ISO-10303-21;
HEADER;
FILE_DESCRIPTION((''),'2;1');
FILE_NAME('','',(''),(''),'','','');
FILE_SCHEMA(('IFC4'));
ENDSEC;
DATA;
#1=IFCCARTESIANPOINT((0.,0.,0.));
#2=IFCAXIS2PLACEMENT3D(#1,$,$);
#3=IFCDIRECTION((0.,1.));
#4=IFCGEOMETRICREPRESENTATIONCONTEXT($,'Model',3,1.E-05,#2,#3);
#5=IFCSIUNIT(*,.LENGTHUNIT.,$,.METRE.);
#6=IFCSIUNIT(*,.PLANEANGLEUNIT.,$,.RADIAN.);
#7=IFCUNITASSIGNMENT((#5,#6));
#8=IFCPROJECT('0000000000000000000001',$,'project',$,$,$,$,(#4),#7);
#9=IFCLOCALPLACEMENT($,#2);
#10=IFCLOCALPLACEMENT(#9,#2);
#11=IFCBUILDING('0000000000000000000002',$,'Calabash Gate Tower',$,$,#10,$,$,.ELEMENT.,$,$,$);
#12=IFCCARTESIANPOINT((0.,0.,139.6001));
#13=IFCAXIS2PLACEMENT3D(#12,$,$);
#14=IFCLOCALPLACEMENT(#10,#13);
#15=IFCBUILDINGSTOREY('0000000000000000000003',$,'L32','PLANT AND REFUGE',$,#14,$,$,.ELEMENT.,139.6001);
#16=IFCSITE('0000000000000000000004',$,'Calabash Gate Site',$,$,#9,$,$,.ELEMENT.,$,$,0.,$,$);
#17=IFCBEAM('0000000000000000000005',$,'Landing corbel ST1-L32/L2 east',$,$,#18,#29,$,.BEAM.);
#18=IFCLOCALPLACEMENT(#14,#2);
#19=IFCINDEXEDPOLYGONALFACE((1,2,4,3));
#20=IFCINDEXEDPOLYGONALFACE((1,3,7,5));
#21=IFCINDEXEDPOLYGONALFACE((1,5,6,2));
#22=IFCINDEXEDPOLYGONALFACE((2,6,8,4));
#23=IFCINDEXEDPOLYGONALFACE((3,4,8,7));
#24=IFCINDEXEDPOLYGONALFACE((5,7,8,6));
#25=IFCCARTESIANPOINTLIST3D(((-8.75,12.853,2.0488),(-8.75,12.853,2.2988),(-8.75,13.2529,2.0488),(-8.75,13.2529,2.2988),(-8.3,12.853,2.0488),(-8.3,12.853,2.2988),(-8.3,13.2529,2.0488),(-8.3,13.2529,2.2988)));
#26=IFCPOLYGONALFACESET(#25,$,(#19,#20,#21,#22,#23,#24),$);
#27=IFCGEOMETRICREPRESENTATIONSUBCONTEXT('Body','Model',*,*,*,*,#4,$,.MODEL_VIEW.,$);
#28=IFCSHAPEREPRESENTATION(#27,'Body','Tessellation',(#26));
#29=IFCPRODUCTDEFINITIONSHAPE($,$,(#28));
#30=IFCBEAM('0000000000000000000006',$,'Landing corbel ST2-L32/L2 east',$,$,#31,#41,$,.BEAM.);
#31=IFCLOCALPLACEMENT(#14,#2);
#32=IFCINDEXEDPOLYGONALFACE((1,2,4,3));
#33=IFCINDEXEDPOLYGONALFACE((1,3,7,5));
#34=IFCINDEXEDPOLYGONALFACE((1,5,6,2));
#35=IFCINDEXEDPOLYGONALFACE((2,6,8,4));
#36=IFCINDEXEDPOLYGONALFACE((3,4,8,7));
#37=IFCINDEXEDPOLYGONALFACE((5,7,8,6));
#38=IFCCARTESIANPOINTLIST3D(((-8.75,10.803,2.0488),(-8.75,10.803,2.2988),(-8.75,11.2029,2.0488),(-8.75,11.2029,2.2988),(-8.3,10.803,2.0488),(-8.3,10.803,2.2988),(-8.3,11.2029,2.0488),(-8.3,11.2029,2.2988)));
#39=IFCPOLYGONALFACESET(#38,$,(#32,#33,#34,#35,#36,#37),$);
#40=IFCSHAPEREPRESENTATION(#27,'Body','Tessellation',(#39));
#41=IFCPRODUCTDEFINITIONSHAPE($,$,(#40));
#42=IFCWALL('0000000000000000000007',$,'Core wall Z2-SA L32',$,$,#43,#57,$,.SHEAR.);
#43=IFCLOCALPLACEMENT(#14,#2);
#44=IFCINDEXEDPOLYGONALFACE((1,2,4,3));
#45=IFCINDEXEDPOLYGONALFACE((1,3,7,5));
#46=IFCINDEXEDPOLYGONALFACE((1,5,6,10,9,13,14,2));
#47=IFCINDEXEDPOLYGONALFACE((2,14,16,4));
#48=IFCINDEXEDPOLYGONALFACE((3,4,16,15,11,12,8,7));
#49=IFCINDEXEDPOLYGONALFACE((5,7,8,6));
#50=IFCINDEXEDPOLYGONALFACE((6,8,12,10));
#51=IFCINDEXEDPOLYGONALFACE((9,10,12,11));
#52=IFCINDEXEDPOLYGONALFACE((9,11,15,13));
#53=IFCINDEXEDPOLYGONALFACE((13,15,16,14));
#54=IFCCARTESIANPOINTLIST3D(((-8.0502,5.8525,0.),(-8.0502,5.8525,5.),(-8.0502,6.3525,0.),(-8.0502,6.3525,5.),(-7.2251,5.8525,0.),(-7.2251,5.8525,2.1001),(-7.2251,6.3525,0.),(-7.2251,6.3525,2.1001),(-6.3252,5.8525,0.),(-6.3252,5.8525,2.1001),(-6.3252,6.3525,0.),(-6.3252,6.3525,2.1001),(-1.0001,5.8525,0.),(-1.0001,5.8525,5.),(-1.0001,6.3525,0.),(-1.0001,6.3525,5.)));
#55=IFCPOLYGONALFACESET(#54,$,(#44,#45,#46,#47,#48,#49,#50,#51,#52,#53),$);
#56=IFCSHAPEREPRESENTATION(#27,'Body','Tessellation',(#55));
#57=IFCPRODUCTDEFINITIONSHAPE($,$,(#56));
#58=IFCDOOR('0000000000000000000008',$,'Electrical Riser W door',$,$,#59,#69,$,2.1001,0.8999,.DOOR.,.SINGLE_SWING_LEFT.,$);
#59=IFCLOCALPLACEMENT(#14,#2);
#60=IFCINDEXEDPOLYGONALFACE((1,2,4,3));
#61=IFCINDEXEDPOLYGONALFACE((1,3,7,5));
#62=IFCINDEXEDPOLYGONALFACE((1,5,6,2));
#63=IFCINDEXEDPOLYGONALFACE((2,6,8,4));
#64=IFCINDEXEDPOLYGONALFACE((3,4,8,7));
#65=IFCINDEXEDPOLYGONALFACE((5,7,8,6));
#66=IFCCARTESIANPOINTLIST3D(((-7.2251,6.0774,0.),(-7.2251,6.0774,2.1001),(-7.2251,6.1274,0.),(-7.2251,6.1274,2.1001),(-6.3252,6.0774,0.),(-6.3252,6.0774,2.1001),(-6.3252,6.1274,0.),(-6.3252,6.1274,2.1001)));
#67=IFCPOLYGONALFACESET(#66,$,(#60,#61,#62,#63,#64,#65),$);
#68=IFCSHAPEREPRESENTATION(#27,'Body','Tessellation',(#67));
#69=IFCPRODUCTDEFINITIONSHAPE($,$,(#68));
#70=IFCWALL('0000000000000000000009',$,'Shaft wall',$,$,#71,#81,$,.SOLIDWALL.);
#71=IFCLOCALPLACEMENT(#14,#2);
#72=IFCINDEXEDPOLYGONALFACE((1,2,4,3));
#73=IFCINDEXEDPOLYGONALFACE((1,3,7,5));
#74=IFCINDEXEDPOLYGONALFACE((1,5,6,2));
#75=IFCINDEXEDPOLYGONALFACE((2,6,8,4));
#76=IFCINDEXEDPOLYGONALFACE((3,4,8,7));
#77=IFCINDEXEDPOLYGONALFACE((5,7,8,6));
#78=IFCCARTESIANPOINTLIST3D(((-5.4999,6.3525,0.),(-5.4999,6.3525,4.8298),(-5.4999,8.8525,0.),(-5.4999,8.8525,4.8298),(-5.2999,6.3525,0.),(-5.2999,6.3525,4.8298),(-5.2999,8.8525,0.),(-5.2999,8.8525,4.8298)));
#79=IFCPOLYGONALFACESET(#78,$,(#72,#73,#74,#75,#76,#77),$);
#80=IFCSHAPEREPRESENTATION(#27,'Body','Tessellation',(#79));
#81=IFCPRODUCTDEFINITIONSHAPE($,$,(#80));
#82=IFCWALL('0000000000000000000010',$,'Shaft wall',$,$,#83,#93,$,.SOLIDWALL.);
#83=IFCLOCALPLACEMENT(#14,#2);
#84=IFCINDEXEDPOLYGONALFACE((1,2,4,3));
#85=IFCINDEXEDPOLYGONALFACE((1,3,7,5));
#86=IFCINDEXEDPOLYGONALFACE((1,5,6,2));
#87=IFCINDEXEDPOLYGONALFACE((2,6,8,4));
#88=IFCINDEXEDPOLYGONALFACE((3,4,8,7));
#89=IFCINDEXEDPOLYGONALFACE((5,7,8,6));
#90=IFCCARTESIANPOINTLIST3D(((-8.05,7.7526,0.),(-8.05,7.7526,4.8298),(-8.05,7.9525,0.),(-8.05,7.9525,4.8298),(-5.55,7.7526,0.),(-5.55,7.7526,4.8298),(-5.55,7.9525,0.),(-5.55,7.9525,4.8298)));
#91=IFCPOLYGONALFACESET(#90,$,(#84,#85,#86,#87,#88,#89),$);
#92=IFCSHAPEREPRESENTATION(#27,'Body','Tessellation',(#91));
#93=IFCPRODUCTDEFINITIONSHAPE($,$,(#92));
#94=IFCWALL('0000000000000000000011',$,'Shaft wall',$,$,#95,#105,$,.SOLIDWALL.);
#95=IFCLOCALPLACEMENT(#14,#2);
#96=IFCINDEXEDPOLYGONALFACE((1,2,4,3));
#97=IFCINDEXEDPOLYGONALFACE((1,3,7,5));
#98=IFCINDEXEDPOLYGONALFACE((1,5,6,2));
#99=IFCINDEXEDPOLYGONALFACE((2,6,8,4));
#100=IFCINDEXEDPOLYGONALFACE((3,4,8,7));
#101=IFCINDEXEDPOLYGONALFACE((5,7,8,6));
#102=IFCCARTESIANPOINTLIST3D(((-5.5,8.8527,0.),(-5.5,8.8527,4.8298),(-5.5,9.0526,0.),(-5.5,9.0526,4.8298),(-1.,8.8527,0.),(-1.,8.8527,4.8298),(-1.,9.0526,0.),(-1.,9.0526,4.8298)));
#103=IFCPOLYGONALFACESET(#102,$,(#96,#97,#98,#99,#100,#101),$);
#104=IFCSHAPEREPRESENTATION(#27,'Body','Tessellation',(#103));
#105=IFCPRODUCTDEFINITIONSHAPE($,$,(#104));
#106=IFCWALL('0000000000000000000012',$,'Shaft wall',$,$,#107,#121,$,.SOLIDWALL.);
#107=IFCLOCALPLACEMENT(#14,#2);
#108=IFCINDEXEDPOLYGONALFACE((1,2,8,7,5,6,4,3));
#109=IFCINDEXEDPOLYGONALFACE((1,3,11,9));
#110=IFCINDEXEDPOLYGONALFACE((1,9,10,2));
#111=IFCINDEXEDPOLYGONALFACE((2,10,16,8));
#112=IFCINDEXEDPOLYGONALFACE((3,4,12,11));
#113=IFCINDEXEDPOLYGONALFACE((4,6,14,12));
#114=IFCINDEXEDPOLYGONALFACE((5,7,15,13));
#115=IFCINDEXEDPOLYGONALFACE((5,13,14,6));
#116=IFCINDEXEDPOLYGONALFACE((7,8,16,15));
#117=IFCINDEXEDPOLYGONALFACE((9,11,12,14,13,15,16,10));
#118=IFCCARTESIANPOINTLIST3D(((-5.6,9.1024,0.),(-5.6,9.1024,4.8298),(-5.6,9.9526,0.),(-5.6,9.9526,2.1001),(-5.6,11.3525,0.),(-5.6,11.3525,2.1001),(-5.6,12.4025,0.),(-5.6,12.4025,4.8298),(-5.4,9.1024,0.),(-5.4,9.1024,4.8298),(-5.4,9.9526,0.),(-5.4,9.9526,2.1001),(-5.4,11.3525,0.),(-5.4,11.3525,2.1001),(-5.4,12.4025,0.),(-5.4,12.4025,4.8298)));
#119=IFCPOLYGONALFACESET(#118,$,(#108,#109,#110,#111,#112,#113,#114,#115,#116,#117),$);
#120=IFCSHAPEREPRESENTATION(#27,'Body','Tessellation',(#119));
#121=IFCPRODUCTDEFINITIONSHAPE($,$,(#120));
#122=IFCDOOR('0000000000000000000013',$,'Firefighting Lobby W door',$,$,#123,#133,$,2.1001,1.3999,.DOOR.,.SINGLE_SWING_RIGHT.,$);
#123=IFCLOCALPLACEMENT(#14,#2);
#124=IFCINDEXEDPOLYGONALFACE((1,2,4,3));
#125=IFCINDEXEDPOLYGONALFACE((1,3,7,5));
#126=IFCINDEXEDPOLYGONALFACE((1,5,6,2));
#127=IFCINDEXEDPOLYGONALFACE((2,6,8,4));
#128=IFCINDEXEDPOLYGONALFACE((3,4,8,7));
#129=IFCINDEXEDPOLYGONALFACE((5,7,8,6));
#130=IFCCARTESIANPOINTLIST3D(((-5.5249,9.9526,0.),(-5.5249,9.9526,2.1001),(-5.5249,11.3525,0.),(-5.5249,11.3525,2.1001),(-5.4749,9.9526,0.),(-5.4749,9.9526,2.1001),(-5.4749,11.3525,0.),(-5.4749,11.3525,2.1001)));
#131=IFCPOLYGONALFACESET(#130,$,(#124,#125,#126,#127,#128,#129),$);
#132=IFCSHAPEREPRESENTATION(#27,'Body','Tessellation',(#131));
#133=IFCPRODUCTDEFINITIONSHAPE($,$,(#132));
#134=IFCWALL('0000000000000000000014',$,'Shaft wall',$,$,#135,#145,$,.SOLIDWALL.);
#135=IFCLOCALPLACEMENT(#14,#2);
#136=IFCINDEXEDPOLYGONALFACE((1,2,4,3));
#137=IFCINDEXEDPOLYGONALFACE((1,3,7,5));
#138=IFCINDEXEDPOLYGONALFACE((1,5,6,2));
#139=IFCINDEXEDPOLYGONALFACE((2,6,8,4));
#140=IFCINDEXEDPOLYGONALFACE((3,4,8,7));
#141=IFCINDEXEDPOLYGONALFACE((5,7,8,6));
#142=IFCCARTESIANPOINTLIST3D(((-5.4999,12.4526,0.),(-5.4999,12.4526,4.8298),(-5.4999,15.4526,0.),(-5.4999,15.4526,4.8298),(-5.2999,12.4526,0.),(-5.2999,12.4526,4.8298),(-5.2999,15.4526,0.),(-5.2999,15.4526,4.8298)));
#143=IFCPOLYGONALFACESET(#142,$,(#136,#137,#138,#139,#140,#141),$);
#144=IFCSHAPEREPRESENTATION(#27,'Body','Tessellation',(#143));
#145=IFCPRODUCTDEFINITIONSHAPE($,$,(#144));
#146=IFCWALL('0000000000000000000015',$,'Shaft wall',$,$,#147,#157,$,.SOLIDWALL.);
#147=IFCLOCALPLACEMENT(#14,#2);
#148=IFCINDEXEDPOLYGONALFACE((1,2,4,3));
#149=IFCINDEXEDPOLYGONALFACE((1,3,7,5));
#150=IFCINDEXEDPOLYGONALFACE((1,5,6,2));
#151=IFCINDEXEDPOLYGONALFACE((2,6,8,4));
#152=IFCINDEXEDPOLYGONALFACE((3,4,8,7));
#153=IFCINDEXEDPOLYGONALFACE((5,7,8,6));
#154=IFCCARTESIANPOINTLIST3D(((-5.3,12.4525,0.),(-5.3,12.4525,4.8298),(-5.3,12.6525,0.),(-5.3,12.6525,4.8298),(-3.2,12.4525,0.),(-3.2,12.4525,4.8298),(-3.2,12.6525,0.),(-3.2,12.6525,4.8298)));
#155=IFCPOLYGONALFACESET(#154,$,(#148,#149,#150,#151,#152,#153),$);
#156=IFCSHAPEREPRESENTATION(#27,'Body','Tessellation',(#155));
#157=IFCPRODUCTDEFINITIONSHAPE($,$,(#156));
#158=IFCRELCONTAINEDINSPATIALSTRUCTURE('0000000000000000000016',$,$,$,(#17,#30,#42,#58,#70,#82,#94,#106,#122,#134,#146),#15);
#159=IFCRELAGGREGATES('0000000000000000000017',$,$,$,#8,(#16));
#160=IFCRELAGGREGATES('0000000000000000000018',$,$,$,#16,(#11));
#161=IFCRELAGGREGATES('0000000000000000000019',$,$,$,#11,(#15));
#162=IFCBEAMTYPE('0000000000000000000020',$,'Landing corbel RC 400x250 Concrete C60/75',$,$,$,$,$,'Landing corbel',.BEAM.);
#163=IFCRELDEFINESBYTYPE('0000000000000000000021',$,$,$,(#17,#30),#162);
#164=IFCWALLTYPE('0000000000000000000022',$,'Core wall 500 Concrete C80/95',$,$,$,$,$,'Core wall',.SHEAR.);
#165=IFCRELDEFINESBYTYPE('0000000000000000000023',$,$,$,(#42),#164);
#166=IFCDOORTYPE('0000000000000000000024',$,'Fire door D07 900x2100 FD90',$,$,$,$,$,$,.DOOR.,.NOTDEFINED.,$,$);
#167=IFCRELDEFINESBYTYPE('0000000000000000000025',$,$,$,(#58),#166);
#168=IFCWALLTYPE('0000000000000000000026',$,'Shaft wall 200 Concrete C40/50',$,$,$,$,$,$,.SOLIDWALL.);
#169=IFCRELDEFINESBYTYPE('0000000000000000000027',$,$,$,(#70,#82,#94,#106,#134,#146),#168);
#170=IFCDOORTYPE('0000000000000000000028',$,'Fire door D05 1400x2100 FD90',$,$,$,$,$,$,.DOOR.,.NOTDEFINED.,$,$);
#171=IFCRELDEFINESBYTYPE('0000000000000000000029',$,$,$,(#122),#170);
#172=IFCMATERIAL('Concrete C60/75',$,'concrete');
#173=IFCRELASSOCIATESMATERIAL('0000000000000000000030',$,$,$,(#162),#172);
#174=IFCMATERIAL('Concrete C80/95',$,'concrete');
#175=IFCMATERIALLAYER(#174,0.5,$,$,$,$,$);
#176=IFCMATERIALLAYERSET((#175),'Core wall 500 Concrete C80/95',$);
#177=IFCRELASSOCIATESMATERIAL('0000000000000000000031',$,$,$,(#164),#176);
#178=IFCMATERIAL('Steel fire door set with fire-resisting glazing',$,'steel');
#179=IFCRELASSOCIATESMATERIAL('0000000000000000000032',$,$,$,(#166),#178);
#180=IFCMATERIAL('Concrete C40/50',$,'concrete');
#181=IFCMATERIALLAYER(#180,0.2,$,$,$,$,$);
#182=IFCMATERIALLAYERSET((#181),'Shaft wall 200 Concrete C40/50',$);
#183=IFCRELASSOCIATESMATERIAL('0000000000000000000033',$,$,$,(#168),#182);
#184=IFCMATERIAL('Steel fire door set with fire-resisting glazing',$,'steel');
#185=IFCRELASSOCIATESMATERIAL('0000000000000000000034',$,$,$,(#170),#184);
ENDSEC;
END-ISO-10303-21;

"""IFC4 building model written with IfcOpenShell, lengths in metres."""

from ifc_helpers import new_model, si_unit, direction, frame, frame_2d, origin, origin_2d, place, context, subcontext, project, spatial, rectangle, extrude, material, layer, layer_set, material_profile, profile_set, type_object, element, fill, save


model = new_model("IFC4")

# Units and contexts
model_context = context("Model", 3, precision=1e-05, world=origin(), true_north=direction((0.0, 1.0)))
body_context = subcontext(model_context, "Body", "Model", "MODEL_VIEW")
ifc_project = project(units=[si_unit("LENGTHUNIT", "METRE"), si_unit("PLANEANGLEUNIT", "RADIAN")], contexts=[model_context])

# Site, building, storey
site_placement = place(None, origin())
site = spatial("IfcSite", under=ifc_project, at=site_placement, Name="Calabash Gate Site", CompositionType="ELEMENT", RefElevation=0.0)
building_placement = place(site_placement, origin())
building = spatial("IfcBuilding", under=site, at=building_placement, Name="Calabash Gate Tower", CompositionType="ELEMENT")
storey_placement = place(building_placement, frame((0.0, 0.0, 139.6001)))
storey = spatial("IfcBuildingStorey", under=building, at=storey_placement, Name="L32", Description="PLANT AND REFUGE", CompositionType="ELEMENT", Elevation=139.6001)

# Beams
ifc_material_1 = material(Name="Concrete C60/75", Category="concrete")
ifc_material_profile = material_profile(ifc_material_1, rectangle(XDim=0.3999, YDim=0.25, at=origin_2d()))
ifc_profile_set = profile_set([ifc_material_profile], Name="Concrete C60/75")
beam_type = type_object("IfcBeamType", Name="Landing corbel RC 400x250 Concrete C60/75", ElementType="Landing corbel", PredefinedType="BEAM", material=ifc_profile_set)
for number, where, z_axis, x_axis, name in (
    (1, (-8.3, 13.053, 2.1738), (-1.0, 0.0, 0.0), (0.0, -1.0, 0.0), "Landing corbel ST1-L32/L2 east"),
    (2, (-8.3, 11.0029, 2.1738), (-1.0, 0.0, 0.0), (0.0, -1.0, 0.0), "Landing corbel ST2-L32/L2 east"),
):
    element("IfcBeam", number, at=place(storey_placement, frame(where, z_axis=z_axis, x_axis=x_axis)), inside=storey, type_object=beam_type, Name=name, PredefinedType="BEAM", context=body_context, shape_type="SweptSolid", body=[
        extrude(rectangle(XDim=0.3999, YDim=0.25, at=origin_2d()), origin(), (0.0, 0.0, 1.0), 0.45),
    ])

# Wall, opening, door
ifc_material_2 = material(Name="Concrete C80/95", Category="concrete")
ifc_layer_1 = layer(ifc_material_2, 0.5)
ifc_layer_set_1 = layer_set([ifc_layer_1], Name="Core wall 500 Concrete C80/95")
wall_type_1 = type_object("IfcWallType", Name="Core wall 500 Concrete C80/95", ElementType="Core wall", PredefinedType="SHEAR", material=ifc_layer_set_1)
wall_1_placement = place(storey_placement, frame((-8.05, 6.1025, 0.0), z_axis=(0.0, 0.0, 1.0), x_axis=(1.0, 0.0, 0.0)))
wall_1 = element("IfcWall", 3, at=wall_1_placement, inside=storey, type_object=wall_type_1, Name="Core wall Z2-SA L32", PredefinedType="SHEAR", context=body_context, shape_type="SweptSolid", body=[
    extrude(rectangle(XDim=7.05, YDim=0.5, at=frame_2d((3.5249, 0.0))), origin(), (0.0, 0.0, 1.0), 5.0),
])
opening_1_placement = place(wall_1_placement, frame((0.825, 0.0, 0.0)))
opening_1 = element("IfcOpeningElement", 4, at=opening_1_placement, cuts=wall_1, PredefinedType="OPENING", context=body_context, shape_type="SweptSolid", body=[
    extrude(rectangle(XDim=0.8999, YDim=2.1001, at=frame_2d((0.45, 1.05))), frame((0.0, 0.26, 0.0), z_axis=(0.0, -1.0, 0.0), x_axis=(1.0, 0.0, 0.0)), (0.0, 0.0, 1.0), 0.52),
])
ifc_material_3 = material(Name="Steel fire door set with fire-resisting glazing", Category="steel")
door_type_1 = type_object("IfcDoorType", Name="Fire door D07 900x2100 FD90", OperationType="NOTDEFINED", PredefinedType="DOOR", material=ifc_material_3)
door_1_placement = place(opening_1_placement, origin())
door_1 = element("IfcDoor", 5, at=door_1_placement, inside=storey, type_object=door_type_1, Name="Electrical Riser W door", OperationType="SINGLE_SWING_LEFT", OverallHeight=2.1001, OverallWidth=0.8999, PredefinedType="DOOR", context=body_context, shape_type="SweptSolid", body=[
    extrude(rectangle(XDim=0.8999, YDim=2.1001, at=frame_2d((0.45, 1.05))), frame((0.0, 0.0249, 0.0), z_axis=(0.0, -1.0, 0.0), x_axis=(1.0, 0.0, 0.0)), (0.0, 0.0, 1.0), 0.05),
])
fill(opening_1, door_1)

# Walls
ifc_material_4 = material(Name="Concrete C40/50", Category="concrete")
ifc_layer_2 = layer(ifc_material_4, 0.2)
ifc_layer_set_2 = layer_set([ifc_layer_2], Name="Shaft wall 200 Concrete C40/50")
wall_type_2 = type_object("IfcWallType", Name="Shaft wall 200 Concrete C40/50", PredefinedType="SOLIDWALL", material=ifc_layer_set_2)
for number, where, z_axis, x_axis, name in (
    (6, (-5.3999, 6.3525, 0.0), (0.0, 0.0, 1.0), (0.0, 1.0, 0.0), "Shaft wall"),
    (7, (-8.05, 7.8525, 0.0), (0.0, 0.0, 1.0), (1.0, 0.0, 0.0), "Shaft wall"),
):
    element("IfcWall", number, at=place(storey_placement, frame(where, z_axis=z_axis, x_axis=x_axis)), inside=storey, type_object=wall_type_2, Name=name, PredefinedType="SOLIDWALL", context=body_context, shape_type="SweptSolid", body=[
        extrude(rectangle(XDim=2.5, YDim=0.2, at=frame_2d((1.25, 0.0))), origin(), (0.0, 0.0, 1.0), 4.8298),
    ])
wall_2_placement = place(storey_placement, frame((-5.5, 8.9526, 0.0), z_axis=(0.0, 0.0, 1.0), x_axis=(1.0, 0.0, 0.0)))
element("IfcWall", 8, at=wall_2_placement, inside=storey, type_object=wall_type_2, Name="Shaft wall", PredefinedType="SOLIDWALL", context=body_context, shape_type="SweptSolid", body=[
    extrude(rectangle(XDim=4.5, YDim=0.2, at=frame_2d((2.25, 0.0))), origin(), (0.0, 0.0, 1.0), 4.8298),
])

# Wall, opening, door
wall_3_placement = place(storey_placement, frame((-5.5, 9.1025, 0.0), z_axis=(0.0, 0.0, 1.0), x_axis=(0.0, 1.0, 0.0)))
wall_3 = element("IfcWall", 9, at=wall_3_placement, inside=storey, type_object=wall_type_2, Name="Shaft wall", PredefinedType="SOLIDWALL", context=body_context, shape_type="SweptSolid", body=[
    extrude(rectangle(XDim=3.3, YDim=0.2, at=frame_2d((1.6499, 0.0))), origin(), (0.0, 0.0, 1.0), 4.8298),
])
opening_2_placement = place(wall_3_placement, frame((0.8501, 0.0, 0.0)))
opening_2 = element("IfcOpeningElement", 10, at=opening_2_placement, cuts=wall_3, PredefinedType="OPENING", context=body_context, shape_type="SweptSolid", body=[
    extrude(rectangle(XDim=1.3999, YDim=2.1001, at=frame_2d((0.7, 1.05))), frame((0.0, 0.1099, 0.0), z_axis=(0.0, -1.0, 0.0), x_axis=(1.0, 0.0, 0.0)), (0.0, 0.0, 1.0), 0.22),
])
ifc_material_5 = material(Name="Steel fire door set with fire-resisting glazing", Category="steel")
door_type_2 = type_object("IfcDoorType", Name="Fire door D05 1400x2100 FD90", OperationType="NOTDEFINED", PredefinedType="DOOR", material=ifc_material_5)
door_2_placement = place(opening_2_placement, origin())
door_2 = element("IfcDoor", 11, at=door_2_placement, inside=storey, type_object=door_type_2, Name="Firefighting Lobby W door", OperationType="SINGLE_SWING_RIGHT", OverallHeight=2.1001, OverallWidth=1.3999, PredefinedType="DOOR", context=body_context, shape_type="SweptSolid", body=[
    extrude(rectangle(XDim=1.3999, YDim=2.1001, at=frame_2d((0.7, 1.05))), frame((0.0, 0.0249, 0.0), z_axis=(0.0, -1.0, 0.0), x_axis=(1.0, 0.0, 0.0)), (0.0, 0.0, 1.0), 0.05),
])
fill(opening_2, door_2)

# Walls
wall_4_placement = place(storey_placement, frame((-5.3999, 12.4526, 0.0), z_axis=(0.0, 0.0, 1.0), x_axis=(0.0, 1.0, 0.0)))
element("IfcWall", 12, at=wall_4_placement, inside=storey, type_object=wall_type_2, Name="Shaft wall", PredefinedType="SOLIDWALL", context=body_context, shape_type="SweptSolid", body=[
    extrude(rectangle(XDim=3.0, YDim=0.2, at=frame_2d((1.5, 0.0))), origin(), (0.0, 0.0, 1.0), 4.8298),
])
wall_5_placement = place(storey_placement, frame((-5.3, 12.5525, 0.0), z_axis=(0.0, 0.0, 1.0), x_axis=(1.0, 0.0, 0.0)))
element("IfcWall", 13, at=wall_5_placement, inside=storey, type_object=wall_type_2, Name="Shaft wall", PredefinedType="SOLIDWALL", context=body_context, shape_type="SweptSolid", body=[
    extrude(rectangle(XDim=2.1001, YDim=0.2, at=frame_2d((1.05, 0.0))), origin(), (0.0, 0.0, 1.0), 4.8298),
])

save(model, "model.ifc")
